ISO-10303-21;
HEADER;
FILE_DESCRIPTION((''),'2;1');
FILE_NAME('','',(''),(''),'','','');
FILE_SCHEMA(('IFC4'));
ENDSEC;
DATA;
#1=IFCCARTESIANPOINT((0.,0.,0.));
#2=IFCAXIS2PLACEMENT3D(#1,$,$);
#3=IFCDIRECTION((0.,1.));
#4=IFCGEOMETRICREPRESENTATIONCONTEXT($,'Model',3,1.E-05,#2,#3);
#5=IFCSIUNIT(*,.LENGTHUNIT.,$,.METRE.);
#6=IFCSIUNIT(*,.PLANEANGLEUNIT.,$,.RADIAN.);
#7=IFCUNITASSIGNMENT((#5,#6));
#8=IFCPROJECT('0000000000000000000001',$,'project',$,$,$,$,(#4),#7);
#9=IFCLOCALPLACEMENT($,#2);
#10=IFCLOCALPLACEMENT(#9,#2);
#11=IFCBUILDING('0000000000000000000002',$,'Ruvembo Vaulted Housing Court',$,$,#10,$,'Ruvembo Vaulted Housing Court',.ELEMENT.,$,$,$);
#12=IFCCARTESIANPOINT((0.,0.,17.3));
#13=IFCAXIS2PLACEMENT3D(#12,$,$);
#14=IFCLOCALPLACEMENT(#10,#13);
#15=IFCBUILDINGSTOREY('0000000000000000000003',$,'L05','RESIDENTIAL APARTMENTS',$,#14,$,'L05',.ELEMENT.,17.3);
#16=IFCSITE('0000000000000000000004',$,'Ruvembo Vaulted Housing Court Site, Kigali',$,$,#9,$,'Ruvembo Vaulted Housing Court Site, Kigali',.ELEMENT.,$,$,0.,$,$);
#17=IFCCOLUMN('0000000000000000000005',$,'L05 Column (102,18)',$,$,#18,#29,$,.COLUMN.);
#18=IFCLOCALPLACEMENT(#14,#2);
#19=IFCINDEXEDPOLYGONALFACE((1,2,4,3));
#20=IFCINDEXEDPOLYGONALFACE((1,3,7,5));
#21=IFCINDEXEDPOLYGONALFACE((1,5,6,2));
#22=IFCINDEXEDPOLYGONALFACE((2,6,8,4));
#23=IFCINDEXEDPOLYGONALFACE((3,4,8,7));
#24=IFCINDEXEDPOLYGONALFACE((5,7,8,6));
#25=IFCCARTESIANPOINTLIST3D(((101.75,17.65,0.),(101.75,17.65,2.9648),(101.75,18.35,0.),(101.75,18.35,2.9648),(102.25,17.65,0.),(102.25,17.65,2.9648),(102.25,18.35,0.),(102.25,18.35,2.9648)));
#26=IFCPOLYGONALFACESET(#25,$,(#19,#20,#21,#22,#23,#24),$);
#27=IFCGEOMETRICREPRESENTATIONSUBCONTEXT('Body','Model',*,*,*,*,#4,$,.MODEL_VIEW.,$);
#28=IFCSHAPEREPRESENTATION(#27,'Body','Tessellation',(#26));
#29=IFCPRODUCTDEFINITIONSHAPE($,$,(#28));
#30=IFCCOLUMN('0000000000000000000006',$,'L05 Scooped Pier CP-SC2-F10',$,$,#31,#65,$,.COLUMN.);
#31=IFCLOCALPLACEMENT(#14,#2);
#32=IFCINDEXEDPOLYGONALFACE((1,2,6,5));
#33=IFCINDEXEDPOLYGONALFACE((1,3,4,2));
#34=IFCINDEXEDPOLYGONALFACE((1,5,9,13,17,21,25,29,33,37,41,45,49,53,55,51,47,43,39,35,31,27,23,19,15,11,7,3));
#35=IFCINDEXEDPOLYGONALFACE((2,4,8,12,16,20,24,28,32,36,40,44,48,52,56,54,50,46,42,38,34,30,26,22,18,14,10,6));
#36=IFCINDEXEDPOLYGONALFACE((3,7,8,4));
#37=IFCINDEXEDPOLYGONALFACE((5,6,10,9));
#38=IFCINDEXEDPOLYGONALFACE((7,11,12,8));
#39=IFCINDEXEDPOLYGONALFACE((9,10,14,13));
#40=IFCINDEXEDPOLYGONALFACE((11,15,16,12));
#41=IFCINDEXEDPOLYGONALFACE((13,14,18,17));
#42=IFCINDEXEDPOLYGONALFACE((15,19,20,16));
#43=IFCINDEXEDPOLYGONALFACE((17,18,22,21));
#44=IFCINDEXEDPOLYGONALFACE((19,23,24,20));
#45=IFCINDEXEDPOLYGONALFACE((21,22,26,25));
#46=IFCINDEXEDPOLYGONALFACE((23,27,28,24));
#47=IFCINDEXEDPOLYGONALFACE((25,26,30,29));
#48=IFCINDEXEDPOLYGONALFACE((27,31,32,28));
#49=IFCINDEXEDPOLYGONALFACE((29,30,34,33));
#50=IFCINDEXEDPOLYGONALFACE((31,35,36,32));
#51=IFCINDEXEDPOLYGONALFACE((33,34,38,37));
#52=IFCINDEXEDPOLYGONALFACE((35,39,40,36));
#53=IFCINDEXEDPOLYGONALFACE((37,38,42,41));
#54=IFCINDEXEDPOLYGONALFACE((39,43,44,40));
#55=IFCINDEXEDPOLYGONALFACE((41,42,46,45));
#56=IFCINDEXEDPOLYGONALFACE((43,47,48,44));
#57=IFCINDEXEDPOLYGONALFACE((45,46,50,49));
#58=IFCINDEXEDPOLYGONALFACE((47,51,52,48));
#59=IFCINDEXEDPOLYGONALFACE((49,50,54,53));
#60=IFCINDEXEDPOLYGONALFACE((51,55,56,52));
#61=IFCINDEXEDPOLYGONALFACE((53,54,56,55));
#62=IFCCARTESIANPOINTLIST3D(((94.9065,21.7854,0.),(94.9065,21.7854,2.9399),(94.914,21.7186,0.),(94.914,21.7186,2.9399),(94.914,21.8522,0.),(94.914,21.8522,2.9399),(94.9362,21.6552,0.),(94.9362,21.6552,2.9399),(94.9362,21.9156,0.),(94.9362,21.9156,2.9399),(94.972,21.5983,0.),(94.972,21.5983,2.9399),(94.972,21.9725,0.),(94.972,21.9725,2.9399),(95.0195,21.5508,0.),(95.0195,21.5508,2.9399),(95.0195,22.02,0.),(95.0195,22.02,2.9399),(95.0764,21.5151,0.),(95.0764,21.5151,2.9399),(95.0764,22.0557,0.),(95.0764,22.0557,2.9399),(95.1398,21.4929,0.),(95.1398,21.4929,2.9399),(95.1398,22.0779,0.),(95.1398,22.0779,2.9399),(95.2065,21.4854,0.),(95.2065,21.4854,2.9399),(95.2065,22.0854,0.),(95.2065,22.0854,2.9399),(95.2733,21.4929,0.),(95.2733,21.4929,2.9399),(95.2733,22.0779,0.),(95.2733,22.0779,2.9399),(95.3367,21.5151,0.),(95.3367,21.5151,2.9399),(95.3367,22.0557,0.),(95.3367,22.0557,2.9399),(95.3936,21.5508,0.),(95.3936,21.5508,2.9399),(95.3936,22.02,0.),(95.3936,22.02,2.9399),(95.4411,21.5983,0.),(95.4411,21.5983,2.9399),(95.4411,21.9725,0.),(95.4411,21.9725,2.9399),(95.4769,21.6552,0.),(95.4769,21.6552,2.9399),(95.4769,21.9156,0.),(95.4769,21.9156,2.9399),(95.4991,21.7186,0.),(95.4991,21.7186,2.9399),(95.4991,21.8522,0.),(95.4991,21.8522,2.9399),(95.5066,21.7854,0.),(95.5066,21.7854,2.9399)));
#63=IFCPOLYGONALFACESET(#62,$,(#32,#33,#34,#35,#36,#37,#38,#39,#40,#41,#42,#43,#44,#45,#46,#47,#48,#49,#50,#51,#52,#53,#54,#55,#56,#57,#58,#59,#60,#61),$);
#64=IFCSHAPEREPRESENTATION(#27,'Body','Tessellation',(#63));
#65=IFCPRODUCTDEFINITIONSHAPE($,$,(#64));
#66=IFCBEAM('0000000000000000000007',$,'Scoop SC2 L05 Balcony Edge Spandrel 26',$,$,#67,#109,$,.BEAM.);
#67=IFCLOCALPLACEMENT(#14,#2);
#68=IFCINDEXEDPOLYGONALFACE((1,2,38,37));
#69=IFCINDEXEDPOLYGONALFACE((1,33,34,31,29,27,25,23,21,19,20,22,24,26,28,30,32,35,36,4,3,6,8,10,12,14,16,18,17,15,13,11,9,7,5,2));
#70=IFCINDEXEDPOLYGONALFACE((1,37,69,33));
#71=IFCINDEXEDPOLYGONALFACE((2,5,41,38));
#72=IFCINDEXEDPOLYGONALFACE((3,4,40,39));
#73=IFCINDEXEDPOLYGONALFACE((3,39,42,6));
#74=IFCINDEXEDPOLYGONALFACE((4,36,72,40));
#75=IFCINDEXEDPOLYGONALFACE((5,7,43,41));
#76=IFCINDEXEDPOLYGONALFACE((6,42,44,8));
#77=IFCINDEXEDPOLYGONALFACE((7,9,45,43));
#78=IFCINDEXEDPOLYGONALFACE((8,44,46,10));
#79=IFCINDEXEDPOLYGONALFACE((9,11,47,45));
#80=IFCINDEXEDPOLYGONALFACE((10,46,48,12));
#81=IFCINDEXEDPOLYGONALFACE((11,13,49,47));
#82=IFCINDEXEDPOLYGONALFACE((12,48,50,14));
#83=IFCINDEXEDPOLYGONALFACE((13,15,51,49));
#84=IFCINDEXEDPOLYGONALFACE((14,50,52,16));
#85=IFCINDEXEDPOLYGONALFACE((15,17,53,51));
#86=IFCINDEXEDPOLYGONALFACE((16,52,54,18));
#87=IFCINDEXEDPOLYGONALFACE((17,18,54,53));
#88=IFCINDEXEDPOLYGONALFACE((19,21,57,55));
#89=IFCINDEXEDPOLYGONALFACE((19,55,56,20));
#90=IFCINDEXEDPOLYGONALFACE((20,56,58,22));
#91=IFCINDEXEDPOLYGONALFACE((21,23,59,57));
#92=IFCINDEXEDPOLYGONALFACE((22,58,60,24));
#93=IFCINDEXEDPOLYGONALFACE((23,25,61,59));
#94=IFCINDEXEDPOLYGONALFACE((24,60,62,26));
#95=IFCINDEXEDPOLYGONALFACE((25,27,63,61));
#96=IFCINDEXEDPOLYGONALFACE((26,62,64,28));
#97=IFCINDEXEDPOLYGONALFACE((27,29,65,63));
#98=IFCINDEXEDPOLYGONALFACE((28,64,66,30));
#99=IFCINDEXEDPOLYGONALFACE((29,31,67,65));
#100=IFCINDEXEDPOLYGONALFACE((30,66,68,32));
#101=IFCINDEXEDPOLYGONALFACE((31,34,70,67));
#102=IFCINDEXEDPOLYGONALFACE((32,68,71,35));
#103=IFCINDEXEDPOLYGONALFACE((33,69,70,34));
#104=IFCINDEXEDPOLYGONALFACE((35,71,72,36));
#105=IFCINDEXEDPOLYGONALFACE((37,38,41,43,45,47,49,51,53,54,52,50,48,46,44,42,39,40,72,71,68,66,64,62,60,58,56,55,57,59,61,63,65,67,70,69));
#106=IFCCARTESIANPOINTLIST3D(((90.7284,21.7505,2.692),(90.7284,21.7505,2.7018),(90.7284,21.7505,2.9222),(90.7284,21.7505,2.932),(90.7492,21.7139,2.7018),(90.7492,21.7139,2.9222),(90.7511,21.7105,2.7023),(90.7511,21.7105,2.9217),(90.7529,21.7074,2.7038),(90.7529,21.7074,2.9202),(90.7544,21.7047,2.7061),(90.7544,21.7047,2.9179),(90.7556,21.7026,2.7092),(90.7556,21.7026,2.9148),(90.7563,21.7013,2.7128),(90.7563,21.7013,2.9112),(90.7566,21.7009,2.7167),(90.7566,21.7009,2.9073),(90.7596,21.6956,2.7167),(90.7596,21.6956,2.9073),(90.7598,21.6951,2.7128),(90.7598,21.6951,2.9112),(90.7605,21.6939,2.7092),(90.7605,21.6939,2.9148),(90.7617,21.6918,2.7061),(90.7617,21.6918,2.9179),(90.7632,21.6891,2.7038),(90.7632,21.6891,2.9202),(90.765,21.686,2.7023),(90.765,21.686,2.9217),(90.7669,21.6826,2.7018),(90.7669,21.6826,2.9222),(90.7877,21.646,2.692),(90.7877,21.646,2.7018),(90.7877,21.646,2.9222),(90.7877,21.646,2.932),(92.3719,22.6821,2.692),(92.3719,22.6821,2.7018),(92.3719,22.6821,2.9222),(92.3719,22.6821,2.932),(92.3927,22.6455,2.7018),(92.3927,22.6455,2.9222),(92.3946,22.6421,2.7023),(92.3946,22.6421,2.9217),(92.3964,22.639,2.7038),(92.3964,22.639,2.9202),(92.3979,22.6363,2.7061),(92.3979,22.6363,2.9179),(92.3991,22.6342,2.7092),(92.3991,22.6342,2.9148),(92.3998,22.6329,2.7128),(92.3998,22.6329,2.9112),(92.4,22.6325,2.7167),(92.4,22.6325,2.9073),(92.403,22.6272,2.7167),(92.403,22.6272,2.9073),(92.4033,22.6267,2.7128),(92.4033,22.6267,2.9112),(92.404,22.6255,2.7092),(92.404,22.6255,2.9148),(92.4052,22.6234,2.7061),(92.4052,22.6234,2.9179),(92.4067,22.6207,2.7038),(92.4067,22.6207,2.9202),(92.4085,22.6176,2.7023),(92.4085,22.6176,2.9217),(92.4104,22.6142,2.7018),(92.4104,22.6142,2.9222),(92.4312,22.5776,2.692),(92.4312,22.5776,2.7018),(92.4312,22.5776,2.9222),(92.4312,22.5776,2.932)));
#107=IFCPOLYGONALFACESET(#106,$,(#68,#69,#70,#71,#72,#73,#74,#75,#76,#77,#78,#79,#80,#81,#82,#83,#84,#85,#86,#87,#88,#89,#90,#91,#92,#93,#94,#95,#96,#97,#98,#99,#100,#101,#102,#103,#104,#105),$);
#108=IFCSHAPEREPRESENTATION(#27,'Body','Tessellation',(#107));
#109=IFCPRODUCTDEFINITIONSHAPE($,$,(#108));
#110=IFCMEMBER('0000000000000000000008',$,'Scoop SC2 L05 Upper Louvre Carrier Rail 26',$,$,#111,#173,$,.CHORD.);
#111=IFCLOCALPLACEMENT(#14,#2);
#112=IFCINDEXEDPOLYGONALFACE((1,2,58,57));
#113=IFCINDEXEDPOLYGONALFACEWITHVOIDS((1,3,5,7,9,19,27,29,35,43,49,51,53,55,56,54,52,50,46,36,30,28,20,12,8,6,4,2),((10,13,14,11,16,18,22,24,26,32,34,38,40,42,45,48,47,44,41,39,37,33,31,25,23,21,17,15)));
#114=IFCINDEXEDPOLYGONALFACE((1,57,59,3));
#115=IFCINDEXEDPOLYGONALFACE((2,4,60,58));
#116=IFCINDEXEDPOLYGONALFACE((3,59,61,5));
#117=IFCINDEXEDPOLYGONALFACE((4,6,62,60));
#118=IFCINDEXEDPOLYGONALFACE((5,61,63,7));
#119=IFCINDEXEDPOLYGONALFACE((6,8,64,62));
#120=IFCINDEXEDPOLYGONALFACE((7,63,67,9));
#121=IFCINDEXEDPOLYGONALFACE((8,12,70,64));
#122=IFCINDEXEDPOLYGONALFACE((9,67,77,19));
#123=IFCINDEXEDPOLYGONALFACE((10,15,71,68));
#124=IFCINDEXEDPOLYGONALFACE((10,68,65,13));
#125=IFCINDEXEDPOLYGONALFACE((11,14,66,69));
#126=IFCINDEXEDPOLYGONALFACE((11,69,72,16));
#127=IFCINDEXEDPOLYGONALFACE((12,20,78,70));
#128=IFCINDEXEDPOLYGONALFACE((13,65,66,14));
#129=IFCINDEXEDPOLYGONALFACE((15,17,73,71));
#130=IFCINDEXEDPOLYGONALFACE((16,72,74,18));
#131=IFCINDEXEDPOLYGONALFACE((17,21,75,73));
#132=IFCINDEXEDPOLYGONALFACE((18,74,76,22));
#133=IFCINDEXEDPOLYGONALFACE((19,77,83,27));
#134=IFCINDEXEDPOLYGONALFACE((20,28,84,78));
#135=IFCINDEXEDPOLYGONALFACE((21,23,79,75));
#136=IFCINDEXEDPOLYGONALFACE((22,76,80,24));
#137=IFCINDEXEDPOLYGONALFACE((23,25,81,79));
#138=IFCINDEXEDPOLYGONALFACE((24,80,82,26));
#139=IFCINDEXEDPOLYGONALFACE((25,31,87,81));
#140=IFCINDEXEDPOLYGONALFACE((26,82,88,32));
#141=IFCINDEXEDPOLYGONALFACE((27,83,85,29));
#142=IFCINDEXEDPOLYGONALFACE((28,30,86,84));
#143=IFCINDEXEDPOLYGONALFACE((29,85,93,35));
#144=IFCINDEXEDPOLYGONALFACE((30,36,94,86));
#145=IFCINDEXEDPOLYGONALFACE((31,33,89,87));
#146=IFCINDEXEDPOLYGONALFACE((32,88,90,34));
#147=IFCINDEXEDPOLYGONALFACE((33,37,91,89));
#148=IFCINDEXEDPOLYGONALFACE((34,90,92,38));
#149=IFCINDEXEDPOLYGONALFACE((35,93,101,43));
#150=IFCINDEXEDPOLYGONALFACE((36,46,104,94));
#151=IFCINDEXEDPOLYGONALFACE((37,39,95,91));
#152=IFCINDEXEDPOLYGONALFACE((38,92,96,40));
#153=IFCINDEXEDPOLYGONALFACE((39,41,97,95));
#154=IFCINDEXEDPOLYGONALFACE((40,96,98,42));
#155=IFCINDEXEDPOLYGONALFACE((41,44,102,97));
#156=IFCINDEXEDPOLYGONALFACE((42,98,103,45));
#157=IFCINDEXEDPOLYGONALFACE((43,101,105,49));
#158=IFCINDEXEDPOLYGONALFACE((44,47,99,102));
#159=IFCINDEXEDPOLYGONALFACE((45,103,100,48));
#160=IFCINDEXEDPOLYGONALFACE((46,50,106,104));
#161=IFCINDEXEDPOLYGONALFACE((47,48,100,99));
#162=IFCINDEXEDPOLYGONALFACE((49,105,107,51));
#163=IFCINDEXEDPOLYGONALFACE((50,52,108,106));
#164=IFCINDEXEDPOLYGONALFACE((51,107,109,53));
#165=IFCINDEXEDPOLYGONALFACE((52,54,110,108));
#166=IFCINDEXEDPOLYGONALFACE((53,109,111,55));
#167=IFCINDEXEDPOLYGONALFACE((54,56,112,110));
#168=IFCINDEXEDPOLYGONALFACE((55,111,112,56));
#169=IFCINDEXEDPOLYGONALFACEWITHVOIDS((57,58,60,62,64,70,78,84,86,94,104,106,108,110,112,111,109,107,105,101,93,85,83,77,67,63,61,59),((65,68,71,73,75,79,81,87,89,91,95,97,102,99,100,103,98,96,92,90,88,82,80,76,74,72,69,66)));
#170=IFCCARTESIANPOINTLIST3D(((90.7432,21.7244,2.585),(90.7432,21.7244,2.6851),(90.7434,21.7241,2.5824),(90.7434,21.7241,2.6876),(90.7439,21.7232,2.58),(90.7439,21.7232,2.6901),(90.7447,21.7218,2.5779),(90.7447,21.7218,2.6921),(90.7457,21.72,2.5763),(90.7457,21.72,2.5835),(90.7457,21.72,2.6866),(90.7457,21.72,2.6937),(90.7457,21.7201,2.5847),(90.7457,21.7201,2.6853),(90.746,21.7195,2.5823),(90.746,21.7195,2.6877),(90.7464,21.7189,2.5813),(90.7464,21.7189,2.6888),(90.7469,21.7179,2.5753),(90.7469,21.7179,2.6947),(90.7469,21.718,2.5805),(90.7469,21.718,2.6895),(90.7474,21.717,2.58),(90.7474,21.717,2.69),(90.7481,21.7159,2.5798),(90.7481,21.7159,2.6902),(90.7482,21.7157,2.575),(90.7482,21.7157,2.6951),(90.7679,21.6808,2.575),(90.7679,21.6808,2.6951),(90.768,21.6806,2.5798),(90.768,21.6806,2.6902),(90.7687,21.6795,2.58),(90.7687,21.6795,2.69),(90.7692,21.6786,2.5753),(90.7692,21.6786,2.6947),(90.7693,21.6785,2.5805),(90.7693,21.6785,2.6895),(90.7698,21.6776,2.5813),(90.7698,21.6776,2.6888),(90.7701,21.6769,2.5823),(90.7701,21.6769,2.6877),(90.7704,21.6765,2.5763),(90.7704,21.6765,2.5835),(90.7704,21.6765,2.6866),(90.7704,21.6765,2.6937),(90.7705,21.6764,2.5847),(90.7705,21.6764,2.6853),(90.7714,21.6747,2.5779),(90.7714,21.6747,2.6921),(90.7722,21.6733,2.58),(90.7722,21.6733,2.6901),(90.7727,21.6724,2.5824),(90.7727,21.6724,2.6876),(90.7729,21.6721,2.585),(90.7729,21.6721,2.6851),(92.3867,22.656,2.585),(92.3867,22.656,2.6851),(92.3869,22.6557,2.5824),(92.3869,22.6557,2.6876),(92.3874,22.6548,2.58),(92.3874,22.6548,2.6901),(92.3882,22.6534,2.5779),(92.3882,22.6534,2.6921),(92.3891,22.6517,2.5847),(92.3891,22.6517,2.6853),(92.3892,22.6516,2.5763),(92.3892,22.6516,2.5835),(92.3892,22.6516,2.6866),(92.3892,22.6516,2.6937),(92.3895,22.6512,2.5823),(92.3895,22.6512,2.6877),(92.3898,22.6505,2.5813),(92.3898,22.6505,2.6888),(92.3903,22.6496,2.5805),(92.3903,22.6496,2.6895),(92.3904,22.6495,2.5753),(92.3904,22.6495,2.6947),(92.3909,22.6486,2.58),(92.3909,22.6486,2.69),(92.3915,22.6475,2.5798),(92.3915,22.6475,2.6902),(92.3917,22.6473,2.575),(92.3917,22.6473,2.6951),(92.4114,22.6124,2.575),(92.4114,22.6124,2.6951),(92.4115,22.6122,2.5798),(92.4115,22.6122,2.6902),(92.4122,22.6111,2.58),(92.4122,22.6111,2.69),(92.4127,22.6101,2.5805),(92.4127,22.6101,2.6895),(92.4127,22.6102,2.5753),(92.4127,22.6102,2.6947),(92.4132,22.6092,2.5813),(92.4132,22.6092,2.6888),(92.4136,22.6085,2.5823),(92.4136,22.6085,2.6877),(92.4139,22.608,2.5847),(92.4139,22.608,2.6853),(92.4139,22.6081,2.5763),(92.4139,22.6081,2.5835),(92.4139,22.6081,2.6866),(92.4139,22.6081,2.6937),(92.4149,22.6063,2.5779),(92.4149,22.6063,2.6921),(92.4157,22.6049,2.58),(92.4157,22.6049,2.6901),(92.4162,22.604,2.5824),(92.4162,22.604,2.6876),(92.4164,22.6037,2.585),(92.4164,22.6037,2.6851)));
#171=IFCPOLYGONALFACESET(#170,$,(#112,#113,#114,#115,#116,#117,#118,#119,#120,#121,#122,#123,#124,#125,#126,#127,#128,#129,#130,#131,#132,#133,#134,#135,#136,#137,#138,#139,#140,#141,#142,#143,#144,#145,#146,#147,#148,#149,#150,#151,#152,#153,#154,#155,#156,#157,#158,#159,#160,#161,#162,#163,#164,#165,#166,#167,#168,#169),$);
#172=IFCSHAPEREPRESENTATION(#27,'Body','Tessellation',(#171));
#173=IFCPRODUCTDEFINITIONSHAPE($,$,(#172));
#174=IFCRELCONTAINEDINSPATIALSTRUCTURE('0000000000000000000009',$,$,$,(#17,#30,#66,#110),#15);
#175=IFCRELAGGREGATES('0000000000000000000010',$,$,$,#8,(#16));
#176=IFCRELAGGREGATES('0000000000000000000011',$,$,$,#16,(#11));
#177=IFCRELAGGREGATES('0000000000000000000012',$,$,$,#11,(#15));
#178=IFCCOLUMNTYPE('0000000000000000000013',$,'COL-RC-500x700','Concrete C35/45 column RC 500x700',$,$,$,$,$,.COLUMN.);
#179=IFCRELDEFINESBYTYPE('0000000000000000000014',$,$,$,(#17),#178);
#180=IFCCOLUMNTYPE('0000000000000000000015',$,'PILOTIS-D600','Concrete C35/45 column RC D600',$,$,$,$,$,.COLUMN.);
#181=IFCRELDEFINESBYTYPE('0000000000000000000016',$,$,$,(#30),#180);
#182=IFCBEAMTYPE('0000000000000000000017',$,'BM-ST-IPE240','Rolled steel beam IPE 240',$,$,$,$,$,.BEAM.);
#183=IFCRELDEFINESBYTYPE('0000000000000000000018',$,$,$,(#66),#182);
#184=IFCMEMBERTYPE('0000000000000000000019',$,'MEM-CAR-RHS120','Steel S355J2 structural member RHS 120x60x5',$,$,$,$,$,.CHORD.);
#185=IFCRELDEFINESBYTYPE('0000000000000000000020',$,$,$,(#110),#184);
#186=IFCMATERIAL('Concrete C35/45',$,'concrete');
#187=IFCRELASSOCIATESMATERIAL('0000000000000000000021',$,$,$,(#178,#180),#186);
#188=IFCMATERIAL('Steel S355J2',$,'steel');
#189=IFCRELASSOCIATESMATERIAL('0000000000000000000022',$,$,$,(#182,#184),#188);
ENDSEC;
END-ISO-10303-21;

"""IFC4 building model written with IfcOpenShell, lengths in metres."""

from ifc_helpers import new_model, si_unit, direction, frame, origin, origin_2d, place, context, subcontext, project, spatial, rectangle, hollow_rectangle, circle, i_section, extrude, material, material_profile, profile_set, type_object, element, save


model = new_model("IFC4")

# Units and contexts
model_context = context("Model", 3, precision=1e-05, world=origin(), true_north=direction((0.0, 1.0)))
body_context = subcontext(model_context, "Body", "Model", "MODEL_VIEW")
ifc_project = project(units=[si_unit("LENGTHUNIT", "METRE"), si_unit("PLANEANGLEUNIT", "RADIAN")], contexts=[model_context])

# Site, building, storey
site_placement = place(None, origin())
site = spatial("IfcSite", under=ifc_project, at=site_placement, Name="Ruvembo Vaulted Housing Court Site, Kigali", LongName="Ruvembo Vaulted Housing Court Site, Kigali", CompositionType="ELEMENT", RefElevation=0.0)
building_placement = place(site_placement, origin())
building = spatial("IfcBuilding", under=site, at=building_placement, Name="Ruvembo Vaulted Housing Court", LongName="Ruvembo Vaulted Housing Court", CompositionType="ELEMENT")
storey_placement = place(building_placement, frame((0.0, 0.0, 17.3)))
storey = spatial("IfcBuildingStorey", under=building, at=storey_placement, Name="L05", Description="RESIDENTIAL APARTMENTS", LongName="L05", CompositionType="ELEMENT", Elevation=17.3)

# Columns
ifc_material_1 = material(Name="Concrete C35/45", Category="concrete")
ifc_material_profile_1 = material_profile(ifc_material_1, rectangle(XDim=0.5, YDim=0.7, at=origin_2d()), Name="RC 500x700")
ifc_profile_set_1 = profile_set([ifc_material_profile_1], Name="Concrete C35/45")
column_type_1 = type_object("IfcColumnType", Name="COL-RC-500x700", Description="Concrete C35/45 column RC 500x700", PredefinedType="COLUMN", material=ifc_profile_set_1)
column_1_placement = place(storey_placement, frame((102.0, 18.0, 0.0), z_axis=(0.0, 0.0, 1.0), x_axis=(1.0, 0.0, 0.0)))
element("IfcColumn", 1, at=column_1_placement, inside=storey, type_object=column_type_1, Name="L05 Column (102,18)", PredefinedType="COLUMN", context=body_context, shape_type="SweptSolid", body=[
    extrude(rectangle(XDim=0.5, YDim=0.7, at=origin_2d()), origin(), (0.0, 0.0, 1.0), 2.9648),
])
ifc_material_profile_2 = material_profile(ifc_material_1, circle(Radius=0.3, at=origin_2d()), Name="RC D600")
ifc_profile_set_2 = profile_set([ifc_material_profile_2], Name="Concrete C35/45")
column_type_2 = type_object("IfcColumnType", Name="PILOTIS-D600", Description="Concrete C35/45 column RC D600", PredefinedType="COLUMN", material=ifc_profile_set_2)
column_2_placement = place(storey_placement, frame((95.2065, 21.7854, 0.0), z_axis=(0.0, 0.0, 1.0), x_axis=(1.0, 0.0, 0.0)))
element("IfcColumn", 2, at=column_2_placement, inside=storey, type_object=column_type_2, Name="L05 Scooped Pier CP-SC2-F10", PredefinedType="COLUMN", context=body_context, shape_type="SweptSolid", body=[
    extrude(circle(Radius=0.3, at=origin_2d()), origin(), (0.0, 0.0, 1.0), 2.9399),
])

# Beam
ifc_material_2 = material(Name="Steel S355J2", Category="steel")
ifc_material_profile_3 = material_profile(ifc_material_2, i_section(OverallWidth=0.1201, OverallDepth=0.24, WebThickness=0.0061, FlangeThickness=0.0098, FilletRadius=0.0149, at=origin_2d()), Name="IPE 240")
ifc_profile_set_3 = profile_set([ifc_material_profile_3], Name="Steel S355J2")
beam_type_1 = type_object("IfcBeamType", Name="BM-ST-IPE240", Description="Rolled steel beam IPE 240", PredefinedType="BEAM", material=ifc_profile_set_3)
beam_1_placement = place(storey_placement, frame((90.7581, 21.6982, 2.812), z_axis=(0.869956, 0.49313, 0.0), x_axis=(-0.49313, 0.869956, 0.0)))
element("IfcBeam", 3, at=beam_1_placement, inside=storey, type_object=beam_type_1, Name="Scoop SC2 L05 Balcony Edge Spandrel 26", PredefinedType="BEAM", context=body_context, shape_type="SweptSolid", body=[
    extrude(i_section(OverallWidth=0.1201, OverallDepth=0.24, WebThickness=0.0061, FlangeThickness=0.0098, FilletRadius=0.0149, at=origin_2d()), origin(), (0.0, 0.0, 1.0), 1.8892),
])

# Member
ifc_material_profile_4 = material_profile(ifc_material_2, hollow_rectangle(XDim=0.0601, YDim=0.1201, WallThickness=0.0049, InnerFilletRadius=0.0049, OuterFilletRadius=0.01, at=origin_2d()), Name="RHS 120x60x5")
ifc_profile_set_4 = profile_set([ifc_material_profile_4], Name="Steel S355J2")
member_type_1 = type_object("IfcMemberType", Name="MEM-CAR-RHS120", Description="Steel S355J2 structural member RHS 120x60x5", PredefinedType="CHORD", material=ifc_profile_set_4)
member_1_placement = place(storey_placement, frame((90.7581, 21.6982, 2.635), z_axis=(0.869956, 0.49313, 0.0), x_axis=(-0.49313, 0.869956, 0.0)))
element("IfcMember", 4, at=member_1_placement, inside=storey, type_object=member_type_1, Name="Scoop SC2 L05 Upper Louvre Carrier Rail 26", PredefinedType="CHORD", context=body_context, shape_type="SweptSolid", body=[
    extrude(hollow_rectangle(XDim=0.0601, YDim=0.1201, WallThickness=0.0049, InnerFilletRadius=0.0049, OuterFilletRadius=0.01, at=origin_2d()), origin(), (0.0, 0.0, 1.0), 1.8892),
])

save(model, "model.ifc")
